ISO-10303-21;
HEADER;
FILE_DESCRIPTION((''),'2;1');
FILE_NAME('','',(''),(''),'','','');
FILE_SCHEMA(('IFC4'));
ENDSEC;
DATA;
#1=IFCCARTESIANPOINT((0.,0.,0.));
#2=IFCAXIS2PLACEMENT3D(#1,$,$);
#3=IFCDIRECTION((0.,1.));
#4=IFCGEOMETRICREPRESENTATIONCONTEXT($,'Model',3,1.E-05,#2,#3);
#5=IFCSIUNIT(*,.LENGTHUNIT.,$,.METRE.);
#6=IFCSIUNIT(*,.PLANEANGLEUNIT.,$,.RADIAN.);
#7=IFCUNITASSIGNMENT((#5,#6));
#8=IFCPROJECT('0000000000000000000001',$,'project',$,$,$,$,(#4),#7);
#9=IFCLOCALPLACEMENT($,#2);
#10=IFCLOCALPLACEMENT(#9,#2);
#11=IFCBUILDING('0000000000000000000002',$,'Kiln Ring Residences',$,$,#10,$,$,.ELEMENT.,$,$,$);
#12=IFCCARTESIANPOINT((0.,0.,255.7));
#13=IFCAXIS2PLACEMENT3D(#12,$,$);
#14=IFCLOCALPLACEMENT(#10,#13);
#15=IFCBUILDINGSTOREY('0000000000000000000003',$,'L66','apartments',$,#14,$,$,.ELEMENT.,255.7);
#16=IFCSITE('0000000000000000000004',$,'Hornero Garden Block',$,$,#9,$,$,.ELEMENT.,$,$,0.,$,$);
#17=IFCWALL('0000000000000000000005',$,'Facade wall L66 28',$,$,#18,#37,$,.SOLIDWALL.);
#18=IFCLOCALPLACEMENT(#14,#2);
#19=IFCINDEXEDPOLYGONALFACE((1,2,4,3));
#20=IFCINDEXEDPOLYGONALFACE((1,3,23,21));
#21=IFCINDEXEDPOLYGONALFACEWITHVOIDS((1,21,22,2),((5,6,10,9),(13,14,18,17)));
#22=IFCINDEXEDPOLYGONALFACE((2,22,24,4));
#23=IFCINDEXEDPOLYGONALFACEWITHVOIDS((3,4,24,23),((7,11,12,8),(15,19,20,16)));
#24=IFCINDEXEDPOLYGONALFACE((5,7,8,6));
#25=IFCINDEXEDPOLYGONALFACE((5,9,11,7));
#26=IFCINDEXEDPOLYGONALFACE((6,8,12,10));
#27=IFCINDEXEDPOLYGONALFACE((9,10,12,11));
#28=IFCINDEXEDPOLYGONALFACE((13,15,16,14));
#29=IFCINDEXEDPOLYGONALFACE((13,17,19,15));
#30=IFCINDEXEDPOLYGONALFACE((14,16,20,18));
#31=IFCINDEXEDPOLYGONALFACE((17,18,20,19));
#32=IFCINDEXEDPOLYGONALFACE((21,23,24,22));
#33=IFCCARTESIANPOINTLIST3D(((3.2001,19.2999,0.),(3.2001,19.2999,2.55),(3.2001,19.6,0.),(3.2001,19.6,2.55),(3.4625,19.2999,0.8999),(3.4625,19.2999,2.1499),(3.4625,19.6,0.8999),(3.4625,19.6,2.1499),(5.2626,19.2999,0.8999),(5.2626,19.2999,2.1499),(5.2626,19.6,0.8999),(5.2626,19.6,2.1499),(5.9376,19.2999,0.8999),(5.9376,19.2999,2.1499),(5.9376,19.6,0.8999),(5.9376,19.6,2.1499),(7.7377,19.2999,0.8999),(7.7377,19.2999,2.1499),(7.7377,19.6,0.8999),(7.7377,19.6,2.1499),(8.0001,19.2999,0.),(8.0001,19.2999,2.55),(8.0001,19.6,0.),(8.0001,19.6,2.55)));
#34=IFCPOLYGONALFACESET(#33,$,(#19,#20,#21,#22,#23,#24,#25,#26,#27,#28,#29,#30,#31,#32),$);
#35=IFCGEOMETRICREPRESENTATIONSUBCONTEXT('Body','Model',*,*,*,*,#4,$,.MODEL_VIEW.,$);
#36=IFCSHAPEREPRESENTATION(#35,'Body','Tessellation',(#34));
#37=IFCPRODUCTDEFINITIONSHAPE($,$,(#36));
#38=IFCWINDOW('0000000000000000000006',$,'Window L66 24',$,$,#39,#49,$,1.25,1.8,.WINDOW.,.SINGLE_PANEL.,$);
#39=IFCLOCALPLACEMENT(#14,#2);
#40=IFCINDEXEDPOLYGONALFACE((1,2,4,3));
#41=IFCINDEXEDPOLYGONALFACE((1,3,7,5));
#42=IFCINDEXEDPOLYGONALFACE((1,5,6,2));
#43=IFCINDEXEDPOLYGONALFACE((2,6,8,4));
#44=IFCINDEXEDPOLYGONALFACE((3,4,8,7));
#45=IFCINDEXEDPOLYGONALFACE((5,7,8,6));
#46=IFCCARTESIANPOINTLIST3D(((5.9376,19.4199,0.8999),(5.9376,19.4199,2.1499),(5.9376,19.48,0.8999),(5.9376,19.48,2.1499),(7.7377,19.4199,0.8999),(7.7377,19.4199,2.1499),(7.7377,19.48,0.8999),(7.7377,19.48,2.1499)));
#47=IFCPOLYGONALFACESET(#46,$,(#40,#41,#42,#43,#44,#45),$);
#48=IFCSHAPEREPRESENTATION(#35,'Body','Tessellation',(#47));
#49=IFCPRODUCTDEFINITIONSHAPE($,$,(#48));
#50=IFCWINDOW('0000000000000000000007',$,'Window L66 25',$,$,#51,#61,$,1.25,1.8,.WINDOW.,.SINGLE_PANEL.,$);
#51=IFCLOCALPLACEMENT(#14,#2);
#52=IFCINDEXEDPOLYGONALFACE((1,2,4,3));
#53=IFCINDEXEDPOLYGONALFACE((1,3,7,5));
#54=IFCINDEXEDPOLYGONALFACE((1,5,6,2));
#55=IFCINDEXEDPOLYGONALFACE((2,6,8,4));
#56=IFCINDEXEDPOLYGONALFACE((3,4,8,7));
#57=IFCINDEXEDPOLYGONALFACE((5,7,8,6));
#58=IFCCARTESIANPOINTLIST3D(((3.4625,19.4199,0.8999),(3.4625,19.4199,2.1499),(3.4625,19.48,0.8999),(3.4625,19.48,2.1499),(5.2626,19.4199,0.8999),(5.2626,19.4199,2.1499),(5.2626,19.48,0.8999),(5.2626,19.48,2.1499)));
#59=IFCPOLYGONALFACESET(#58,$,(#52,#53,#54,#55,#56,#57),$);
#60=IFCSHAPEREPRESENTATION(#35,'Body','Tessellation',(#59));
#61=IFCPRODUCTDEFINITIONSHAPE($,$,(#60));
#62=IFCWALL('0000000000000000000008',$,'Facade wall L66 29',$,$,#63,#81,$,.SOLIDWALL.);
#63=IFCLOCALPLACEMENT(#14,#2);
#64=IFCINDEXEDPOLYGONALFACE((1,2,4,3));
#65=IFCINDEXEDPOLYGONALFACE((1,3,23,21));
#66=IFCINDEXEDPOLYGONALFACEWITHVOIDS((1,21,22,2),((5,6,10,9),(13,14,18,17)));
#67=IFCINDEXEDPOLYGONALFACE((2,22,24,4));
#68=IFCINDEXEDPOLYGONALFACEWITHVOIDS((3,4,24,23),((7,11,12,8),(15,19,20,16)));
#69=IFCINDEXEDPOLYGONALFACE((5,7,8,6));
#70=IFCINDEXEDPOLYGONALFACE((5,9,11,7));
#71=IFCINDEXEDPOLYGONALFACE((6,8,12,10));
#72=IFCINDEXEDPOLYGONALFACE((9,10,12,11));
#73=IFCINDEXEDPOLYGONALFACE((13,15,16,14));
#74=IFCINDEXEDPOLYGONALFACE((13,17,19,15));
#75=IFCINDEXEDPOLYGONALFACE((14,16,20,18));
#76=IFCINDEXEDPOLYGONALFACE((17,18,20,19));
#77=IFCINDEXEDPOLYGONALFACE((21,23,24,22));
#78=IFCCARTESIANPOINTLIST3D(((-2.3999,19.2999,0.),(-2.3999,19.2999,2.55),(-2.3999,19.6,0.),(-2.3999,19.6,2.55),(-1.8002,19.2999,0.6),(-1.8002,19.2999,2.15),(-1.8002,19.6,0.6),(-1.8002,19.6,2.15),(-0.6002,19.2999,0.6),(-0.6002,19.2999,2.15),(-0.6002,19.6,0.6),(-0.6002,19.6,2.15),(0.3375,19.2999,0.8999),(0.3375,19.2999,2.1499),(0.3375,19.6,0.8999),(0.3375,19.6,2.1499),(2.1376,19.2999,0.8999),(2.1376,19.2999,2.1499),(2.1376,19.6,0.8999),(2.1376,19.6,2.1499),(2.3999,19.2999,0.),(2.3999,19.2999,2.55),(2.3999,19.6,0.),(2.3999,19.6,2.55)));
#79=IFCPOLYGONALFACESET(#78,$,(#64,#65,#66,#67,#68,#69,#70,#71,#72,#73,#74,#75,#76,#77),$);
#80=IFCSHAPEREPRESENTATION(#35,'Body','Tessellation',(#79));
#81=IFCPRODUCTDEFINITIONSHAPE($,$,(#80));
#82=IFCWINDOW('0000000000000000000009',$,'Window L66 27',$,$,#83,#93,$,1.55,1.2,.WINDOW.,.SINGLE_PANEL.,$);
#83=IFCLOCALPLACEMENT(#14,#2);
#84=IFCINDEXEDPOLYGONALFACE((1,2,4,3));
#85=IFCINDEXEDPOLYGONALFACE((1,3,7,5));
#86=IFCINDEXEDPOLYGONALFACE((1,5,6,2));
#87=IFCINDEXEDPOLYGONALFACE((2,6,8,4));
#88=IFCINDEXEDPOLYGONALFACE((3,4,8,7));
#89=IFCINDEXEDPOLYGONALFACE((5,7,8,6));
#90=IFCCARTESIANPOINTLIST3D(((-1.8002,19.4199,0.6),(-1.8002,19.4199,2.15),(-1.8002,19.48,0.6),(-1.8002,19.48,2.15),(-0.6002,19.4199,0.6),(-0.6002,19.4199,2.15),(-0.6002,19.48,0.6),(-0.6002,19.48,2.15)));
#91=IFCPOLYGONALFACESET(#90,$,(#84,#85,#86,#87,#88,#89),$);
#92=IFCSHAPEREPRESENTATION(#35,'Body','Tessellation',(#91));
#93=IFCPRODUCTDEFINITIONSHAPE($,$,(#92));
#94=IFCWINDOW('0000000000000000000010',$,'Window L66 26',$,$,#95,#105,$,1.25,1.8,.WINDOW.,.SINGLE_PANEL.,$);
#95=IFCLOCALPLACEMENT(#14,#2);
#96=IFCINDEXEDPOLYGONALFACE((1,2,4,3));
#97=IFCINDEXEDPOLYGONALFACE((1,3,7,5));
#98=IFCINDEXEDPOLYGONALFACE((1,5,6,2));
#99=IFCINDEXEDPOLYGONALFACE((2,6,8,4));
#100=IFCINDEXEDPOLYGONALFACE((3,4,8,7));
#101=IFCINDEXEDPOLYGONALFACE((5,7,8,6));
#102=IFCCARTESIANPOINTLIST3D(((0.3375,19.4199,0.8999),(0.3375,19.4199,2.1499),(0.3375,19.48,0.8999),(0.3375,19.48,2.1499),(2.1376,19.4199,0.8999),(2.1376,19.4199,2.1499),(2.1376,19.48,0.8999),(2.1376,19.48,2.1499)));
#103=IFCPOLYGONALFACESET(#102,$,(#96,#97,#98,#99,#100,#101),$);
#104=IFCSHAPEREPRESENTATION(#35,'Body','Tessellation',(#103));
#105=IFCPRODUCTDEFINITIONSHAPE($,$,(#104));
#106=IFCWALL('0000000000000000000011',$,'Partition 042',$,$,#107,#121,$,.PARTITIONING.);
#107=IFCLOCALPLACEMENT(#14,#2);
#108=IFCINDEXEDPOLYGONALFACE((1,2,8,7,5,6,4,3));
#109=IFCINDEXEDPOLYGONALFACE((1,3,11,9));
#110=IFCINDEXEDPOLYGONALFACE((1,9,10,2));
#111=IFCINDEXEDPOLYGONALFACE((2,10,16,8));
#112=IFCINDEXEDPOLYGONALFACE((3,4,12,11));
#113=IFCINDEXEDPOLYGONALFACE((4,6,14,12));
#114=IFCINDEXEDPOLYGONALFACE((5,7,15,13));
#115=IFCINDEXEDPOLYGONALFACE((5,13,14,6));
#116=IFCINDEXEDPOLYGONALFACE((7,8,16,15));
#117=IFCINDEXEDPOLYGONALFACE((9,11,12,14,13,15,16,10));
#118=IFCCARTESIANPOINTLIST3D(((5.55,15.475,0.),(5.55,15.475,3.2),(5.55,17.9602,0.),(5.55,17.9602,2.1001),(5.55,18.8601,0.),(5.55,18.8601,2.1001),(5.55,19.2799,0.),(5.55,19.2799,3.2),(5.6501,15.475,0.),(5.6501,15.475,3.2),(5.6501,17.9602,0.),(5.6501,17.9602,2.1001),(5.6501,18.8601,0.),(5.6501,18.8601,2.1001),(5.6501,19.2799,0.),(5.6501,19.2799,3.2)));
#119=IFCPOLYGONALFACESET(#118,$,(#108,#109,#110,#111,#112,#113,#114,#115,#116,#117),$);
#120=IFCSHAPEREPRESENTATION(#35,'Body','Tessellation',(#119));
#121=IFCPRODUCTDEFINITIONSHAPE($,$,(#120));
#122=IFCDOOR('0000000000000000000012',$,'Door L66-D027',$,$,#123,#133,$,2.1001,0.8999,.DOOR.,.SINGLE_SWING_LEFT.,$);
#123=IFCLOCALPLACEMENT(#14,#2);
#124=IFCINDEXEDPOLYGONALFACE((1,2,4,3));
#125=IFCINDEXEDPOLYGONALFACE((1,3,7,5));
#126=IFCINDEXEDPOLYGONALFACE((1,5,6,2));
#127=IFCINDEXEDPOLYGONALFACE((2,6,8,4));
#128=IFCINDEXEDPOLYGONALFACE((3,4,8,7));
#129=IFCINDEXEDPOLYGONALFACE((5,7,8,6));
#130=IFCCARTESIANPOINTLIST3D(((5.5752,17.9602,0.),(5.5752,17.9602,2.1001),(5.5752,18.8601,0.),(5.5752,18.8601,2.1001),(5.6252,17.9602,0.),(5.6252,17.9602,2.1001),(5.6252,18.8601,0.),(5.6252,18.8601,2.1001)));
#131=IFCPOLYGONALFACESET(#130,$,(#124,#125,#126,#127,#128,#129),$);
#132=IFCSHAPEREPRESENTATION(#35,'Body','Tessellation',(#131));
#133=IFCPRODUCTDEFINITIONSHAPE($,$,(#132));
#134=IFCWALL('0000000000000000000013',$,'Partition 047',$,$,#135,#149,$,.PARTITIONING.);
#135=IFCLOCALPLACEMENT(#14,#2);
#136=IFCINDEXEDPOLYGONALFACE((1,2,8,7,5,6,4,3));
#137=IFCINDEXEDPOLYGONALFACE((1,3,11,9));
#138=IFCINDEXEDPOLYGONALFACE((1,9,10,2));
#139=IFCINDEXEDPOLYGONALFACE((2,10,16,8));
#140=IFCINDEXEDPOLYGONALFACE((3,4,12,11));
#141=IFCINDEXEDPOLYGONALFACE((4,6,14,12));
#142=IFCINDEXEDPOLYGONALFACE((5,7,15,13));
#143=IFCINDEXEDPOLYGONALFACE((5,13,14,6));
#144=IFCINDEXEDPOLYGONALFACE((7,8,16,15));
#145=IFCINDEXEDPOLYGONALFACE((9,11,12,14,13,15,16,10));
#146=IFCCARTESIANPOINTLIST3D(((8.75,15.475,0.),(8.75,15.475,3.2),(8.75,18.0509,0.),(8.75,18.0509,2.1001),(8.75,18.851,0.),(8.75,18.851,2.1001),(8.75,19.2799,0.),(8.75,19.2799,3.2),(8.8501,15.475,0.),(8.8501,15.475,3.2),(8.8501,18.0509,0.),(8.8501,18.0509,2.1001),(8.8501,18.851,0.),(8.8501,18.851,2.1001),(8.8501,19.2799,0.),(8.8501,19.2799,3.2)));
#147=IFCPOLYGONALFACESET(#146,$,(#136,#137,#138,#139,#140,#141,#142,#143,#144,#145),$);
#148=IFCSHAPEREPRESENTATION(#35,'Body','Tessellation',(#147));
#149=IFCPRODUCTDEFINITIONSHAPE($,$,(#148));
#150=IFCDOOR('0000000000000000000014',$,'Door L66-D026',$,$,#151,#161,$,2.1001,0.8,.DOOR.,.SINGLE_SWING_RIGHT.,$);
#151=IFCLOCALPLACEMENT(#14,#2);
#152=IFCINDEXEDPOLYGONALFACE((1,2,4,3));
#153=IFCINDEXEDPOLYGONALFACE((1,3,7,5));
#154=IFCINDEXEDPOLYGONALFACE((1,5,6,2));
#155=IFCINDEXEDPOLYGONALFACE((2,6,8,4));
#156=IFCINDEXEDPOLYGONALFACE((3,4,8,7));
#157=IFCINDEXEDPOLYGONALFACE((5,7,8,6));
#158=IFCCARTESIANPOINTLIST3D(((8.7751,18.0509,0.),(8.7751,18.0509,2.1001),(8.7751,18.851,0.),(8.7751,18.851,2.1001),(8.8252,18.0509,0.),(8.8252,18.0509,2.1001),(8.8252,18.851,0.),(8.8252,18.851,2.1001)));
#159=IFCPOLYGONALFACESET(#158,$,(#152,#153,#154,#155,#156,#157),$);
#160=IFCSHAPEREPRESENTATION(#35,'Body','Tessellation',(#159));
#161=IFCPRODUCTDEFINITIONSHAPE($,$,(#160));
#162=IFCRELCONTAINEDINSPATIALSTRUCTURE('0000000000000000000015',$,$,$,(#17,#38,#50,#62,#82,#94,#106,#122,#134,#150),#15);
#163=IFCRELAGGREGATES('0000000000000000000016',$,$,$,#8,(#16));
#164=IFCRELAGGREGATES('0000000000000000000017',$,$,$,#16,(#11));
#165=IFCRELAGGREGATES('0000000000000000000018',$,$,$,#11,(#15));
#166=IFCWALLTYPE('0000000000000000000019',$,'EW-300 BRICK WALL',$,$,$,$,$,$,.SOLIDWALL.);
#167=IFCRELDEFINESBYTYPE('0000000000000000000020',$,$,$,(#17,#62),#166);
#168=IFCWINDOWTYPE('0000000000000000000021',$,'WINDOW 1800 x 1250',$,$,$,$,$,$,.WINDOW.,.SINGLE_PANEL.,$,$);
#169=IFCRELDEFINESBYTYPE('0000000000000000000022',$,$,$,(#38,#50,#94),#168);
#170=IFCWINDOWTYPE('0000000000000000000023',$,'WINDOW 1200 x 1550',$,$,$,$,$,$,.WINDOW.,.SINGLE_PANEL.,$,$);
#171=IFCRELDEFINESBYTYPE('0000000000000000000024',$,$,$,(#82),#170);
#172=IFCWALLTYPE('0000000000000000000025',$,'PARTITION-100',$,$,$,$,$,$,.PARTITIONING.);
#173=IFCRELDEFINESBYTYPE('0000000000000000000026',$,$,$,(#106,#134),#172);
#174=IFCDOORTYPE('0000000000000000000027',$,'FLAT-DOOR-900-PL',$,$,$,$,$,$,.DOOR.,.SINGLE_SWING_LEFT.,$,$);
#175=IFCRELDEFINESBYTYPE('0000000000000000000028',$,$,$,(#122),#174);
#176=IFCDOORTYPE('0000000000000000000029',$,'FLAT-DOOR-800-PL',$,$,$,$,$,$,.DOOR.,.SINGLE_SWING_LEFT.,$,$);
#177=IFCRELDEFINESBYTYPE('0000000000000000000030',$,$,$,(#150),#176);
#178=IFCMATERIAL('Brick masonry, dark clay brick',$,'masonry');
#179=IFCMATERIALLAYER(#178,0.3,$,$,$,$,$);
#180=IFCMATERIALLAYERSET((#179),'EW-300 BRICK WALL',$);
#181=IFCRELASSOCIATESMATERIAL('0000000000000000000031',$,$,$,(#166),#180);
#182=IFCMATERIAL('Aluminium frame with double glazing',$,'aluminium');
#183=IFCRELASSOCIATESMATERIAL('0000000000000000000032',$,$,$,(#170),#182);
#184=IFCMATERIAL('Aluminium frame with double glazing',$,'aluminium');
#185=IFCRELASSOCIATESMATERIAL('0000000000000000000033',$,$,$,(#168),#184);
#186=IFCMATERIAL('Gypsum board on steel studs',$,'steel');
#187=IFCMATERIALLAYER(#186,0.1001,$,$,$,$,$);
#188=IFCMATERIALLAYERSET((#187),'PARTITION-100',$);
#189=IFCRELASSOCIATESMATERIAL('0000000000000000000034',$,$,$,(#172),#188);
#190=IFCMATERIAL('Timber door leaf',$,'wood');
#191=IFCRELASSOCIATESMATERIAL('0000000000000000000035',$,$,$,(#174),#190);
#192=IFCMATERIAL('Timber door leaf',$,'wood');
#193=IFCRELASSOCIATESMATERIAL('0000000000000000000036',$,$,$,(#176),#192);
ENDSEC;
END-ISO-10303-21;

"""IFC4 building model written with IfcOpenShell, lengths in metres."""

from ifc_helpers import new_model, si_unit, direction, frame, frame_2d, origin, place, context, subcontext, project, spatial, rectangle, extrude, material, layer, layer_set, type_object, element, fill, save


model = new_model("IFC4")

# Units and contexts
model_context = context("Model", 3, precision=1e-05, world=origin(), true_north=direction((0.0, 1.0)))
body_context = subcontext(model_context, "Body", "Model", "MODEL_VIEW")
ifc_project = project(units=[si_unit("LENGTHUNIT", "METRE"), si_unit("PLANEANGLEUNIT", "RADIAN")], contexts=[model_context])

# Site, building, storey
site_placement = place(None, origin())
site = spatial("IfcSite", under=ifc_project, at=site_placement, Name="Hornero Garden Block", CompositionType="ELEMENT", RefElevation=0.0)
building_placement = place(site_placement, origin())
building = spatial("IfcBuilding", under=site, at=building_placement, Name="Kiln Ring Residences", CompositionType="ELEMENT")
storey_placement = place(building_placement, frame((0.0, 0.0, 255.7)))
storey = spatial("IfcBuildingStorey", under=building, at=storey_placement, Name="L66", Description="apartments", CompositionType="ELEMENT", Elevation=255.7)

# Walls, openings, windows
ifc_material_1 = material(Name="Brick masonry, dark clay brick", Category="masonry")
ifc_layer_1 = layer(ifc_material_1, 0.3)
ifc_layer_set_1 = layer_set([ifc_layer_1], Name="EW-300 BRICK WALL")
wall_type_1 = type_object("IfcWallType", Name="EW-300 BRICK WALL", PredefinedType="SOLIDWALL", material=ifc_layer_set_1)
ifc_material_2 = material(Name="Aluminium frame with double glazing", Category="aluminium")
window_type_1 = type_object("IfcWindowType", Name="WINDOW 1200 x 1550", PartitioningType="SINGLE_PANEL", PredefinedType="WINDOW", material=ifc_material_2)
wall_1_placement = place(storey_placement, frame((8.0, 19.45, 0.0), z_axis=(0.0, 0.0, 1.0), x_axis=(-1.0, 0.0, 0.0)))
wall_1 = element("IfcWall", 1, at=wall_1_placement, inside=storey, type_object=wall_type_1, Name="Facade wall L66 28", PredefinedType="SOLIDWALL", context=body_context, shape_type="SweptSolid", body=[
    extrude(rectangle(XDim=4.8, YDim=0.3, at=frame_2d((2.3999, 0.0))), origin(), (0.0, 0.0, 1.0), 2.55),
])
opening_1_placement = place(wall_1_placement, frame((0.2625, 0.0, 0.8999)))
opening_1 = element("IfcOpeningElement", 2, at=opening_1_placement, cuts=wall_1, PredefinedType="OPENING", context=body_context, shape_type="SweptSolid", body=[
    extrude(rectangle(XDim=1.8, YDim=1.25, at=frame_2d((0.8999, 0.625))), frame((0.0, 0.1599, 0.0), z_axis=(0.0, -1.0, 0.0), x_axis=(1.0, 0.0, 0.0)), (0.0, 0.0, 1.0), 0.3201),
])
opening_2_placement = place(wall_1_placement, frame((2.7375, 0.0, 0.8999)))
opening_2 = element("IfcOpeningElement", 3, at=opening_2_placement, cuts=wall_1, PredefinedType="OPENING", context=body_context, shape_type="SweptSolid", body=[
    extrude(rectangle(XDim=1.8, YDim=1.25, at=frame_2d((0.8999, 0.625))), frame((0.0, 0.1599, 0.0), z_axis=(0.0, -1.0, 0.0), x_axis=(1.0, 0.0, 0.0)), (0.0, 0.0, 1.0), 0.3201),
])
ifc_material_3 = material(Name="Aluminium frame with double glazing", Category="aluminium")
window_type_2 = type_object("IfcWindowType", Name="WINDOW 1800 x 1250", PartitioningType="SINGLE_PANEL", PredefinedType="WINDOW", material=ifc_material_3)
window_1_placement = place(opening_1_placement, origin())
window_1 = element("IfcWindow", 4, at=window_1_placement, inside=storey, type_object=window_type_2, Name="Window L66 24", OverallHeight=1.25, OverallWidth=1.8, PartitioningType="SINGLE_PANEL", PredefinedType="WINDOW", context=body_context, shape_type="SweptSolid", body=[
    extrude(rectangle(XDim=1.8, YDim=1.25, at=frame_2d((0.8999, 0.625))), frame((0.0, 0.03, 0.0), z_axis=(0.0, -1.0, 0.0), x_axis=(1.0, 0.0, 0.0)), (0.0, 0.0, 1.0), 0.0601),
])
fill(opening_1, window_1)
window_2_placement = place(opening_2_placement, origin())
window_2 = element("IfcWindow", 5, at=window_2_placement, inside=storey, type_object=window_type_2, Name="Window L66 25", OverallHeight=1.25, OverallWidth=1.8, PartitioningType="SINGLE_PANEL", PredefinedType="WINDOW", context=body_context, shape_type="SweptSolid", body=[
    extrude(rectangle(XDim=1.8, YDim=1.25, at=frame_2d((0.8999, 0.625))), frame((0.0, 0.03, 0.0), z_axis=(0.0, -1.0, 0.0), x_axis=(1.0, 0.0, 0.0)), (0.0, 0.0, 1.0), 0.0601),
])
fill(opening_2, window_2)
wall_2_placement = place(storey_placement, frame((2.3999, 19.45, 0.0), z_axis=(0.0, 0.0, 1.0), x_axis=(-1.0, 0.0, 0.0)))
wall_2 = element("IfcWall", 6, at=wall_2_placement, inside=storey, type_object=wall_type_1, Name="Facade wall L66 29", PredefinedType="SOLIDWALL", context=body_context, shape_type="SweptSolid", body=[
    extrude(rectangle(XDim=4.7998, YDim=0.3, at=frame_2d((2.3999, 0.0))), origin(), (0.0, 0.0, 1.0), 2.55),
])
opening_3_placement = place(wall_2_placement, frame((0.2625, 0.0, 0.8999)))
opening_3 = element("IfcOpeningElement", 7, at=opening_3_placement, cuts=wall_2, PredefinedType="OPENING", context=body_context, shape_type="SweptSolid", body=[
    extrude(rectangle(XDim=1.8, YDim=1.25, at=frame_2d((0.8999, 0.625))), frame((0.0, 0.1599, 0.0), z_axis=(0.0, -1.0, 0.0), x_axis=(1.0, 0.0, 0.0)), (0.0, 0.0, 1.0), 0.3201),
])
opening_4_placement = place(wall_2_placement, frame((3.0, 0.0, 0.6001)))
opening_4 = element("IfcOpeningElement", 8, at=opening_4_placement, cuts=wall_2, PredefinedType="OPENING", context=body_context, shape_type="SweptSolid", body=[
    extrude(rectangle(XDim=1.2, YDim=1.55, at=frame_2d((0.6001, 0.7749))), frame((0.0, 0.1599, 0.0), z_axis=(0.0, -1.0, 0.0), x_axis=(1.0, 0.0, 0.0)), (0.0, 0.0, 1.0), 0.3201),
])
window_3_placement = place(opening_4_placement, origin())
window_3 = element("IfcWindow", 9, at=window_3_placement, inside=storey, type_object=window_type_1, Name="Window L66 27", OverallHeight=1.55, OverallWidth=1.2, PartitioningType="SINGLE_PANEL", PredefinedType="WINDOW", context=body_context, shape_type="SweptSolid", body=[
    extrude(rectangle(XDim=1.2, YDim=1.55, at=frame_2d((0.6001, 0.7749))), frame((0.0, 0.03, 0.0), z_axis=(0.0, -1.0, 0.0), x_axis=(1.0, 0.0, 0.0)), (0.0, 0.0, 1.0), 0.0601),
])
fill(opening_4, window_3)
window_4_placement = place(opening_3_placement, origin())
window_4 = element("IfcWindow", 10, at=window_4_placement, inside=storey, type_object=window_type_2, Name="Window L66 26", OverallHeight=1.25, OverallWidth=1.8, PartitioningType="SINGLE_PANEL", PredefinedType="WINDOW", context=body_context, shape_type="SweptSolid", body=[
    extrude(rectangle(XDim=1.8, YDim=1.25, at=frame_2d((0.8999, 0.625))), frame((0.0, 0.03, 0.0), z_axis=(0.0, -1.0, 0.0), x_axis=(1.0, 0.0, 0.0)), (0.0, 0.0, 1.0), 0.0601),
])
fill(opening_3, window_4)

# Walls, openings, doors
ifc_material_4 = material(Name="Gypsum board on steel studs", Category="steel")
ifc_layer_2 = layer(ifc_material_4, 0.1001)
ifc_layer_set_2 = layer_set([ifc_layer_2], Name="PARTITION-100")
wall_type_2 = type_object("IfcWallType", Name="PARTITION-100", PredefinedType="PARTITIONING", material=ifc_layer_set_2)
wall_3_placement = place(storey_placement, frame((5.6001, 15.4751, 0.0), z_axis=(0.0, 0.0, 1.0), x_axis=(0.0, 1.0, 0.0)))
wall_3 = element("IfcWall", 11, at=wall_3_placement, inside=storey, type_object=wall_type_2, Name="Partition 042", PredefinedType="PARTITIONING", context=body_context, shape_type="SweptSolid", body=[
    extrude(rectangle(XDim=3.8049, YDim=0.1001, at=frame_2d((1.9023, 0.0))), origin(), (0.0, 0.0, 1.0), 3.2),
])
opening_5_placement = place(wall_3_placement, frame((2.4851, 0.0, 0.0)))
opening_5 = element("IfcOpeningElement", 12, at=opening_5_placement, cuts=wall_3, PredefinedType="OPENING", context=body_context, shape_type="SweptSolid", body=[
    extrude(rectangle(XDim=0.8999, YDim=2.1001, at=frame_2d((0.45, 1.05))), frame((0.0, 0.0601, 0.0), z_axis=(0.0, -1.0, 0.0), x_axis=(1.0, 0.0, 0.0)), (0.0, 0.0, 1.0), 0.1201),
])
ifc_material_5 = material(Name="Timber door leaf", Category="wood")
door_type_1 = type_object("IfcDoorType", Name="FLAT-DOOR-900-PL", OperationType="SINGLE_SWING_LEFT", PredefinedType="DOOR", material=ifc_material_5)
door_1_placement = place(opening_5_placement, origin())
door_1 = element("IfcDoor", 13, at=door_1_placement, inside=storey, type_object=door_type_1, Name="Door L66-D027", OperationType="SINGLE_SWING_LEFT", OverallHeight=2.1001, OverallWidth=0.8999, PredefinedType="DOOR", context=body_context, shape_type="SweptSolid", body=[
    extrude(rectangle(XDim=0.8999, YDim=2.1001, at=frame_2d((0.45, 1.05))), frame((0.0, 0.0249, 0.0), z_axis=(0.0, -1.0, 0.0), x_axis=(1.0, 0.0, 0.0)), (0.0, 0.0, 1.0), 0.05),
])
fill(opening_5, door_1)
wall_4_placement = place(storey_placement, frame((8.8, 15.4751, 0.0), z_axis=(0.0, 0.0, 1.0), x_axis=(0.0, 1.0, 0.0)))
wall_4 = element("IfcWall", 14, at=wall_4_placement, inside=storey, type_object=wall_type_2, Name="Partition 047", PredefinedType="PARTITIONING", context=body_context, shape_type="SweptSolid", body=[
    extrude(rectangle(XDim=3.8049, YDim=0.1001, at=frame_2d((1.9023, 0.0))), origin(), (0.0, 0.0, 1.0), 3.2),
])
opening_6_placement = place(wall_4_placement, frame((2.5759, 0.0, 0.0)))
opening_6 = element("IfcOpeningElement", 15, at=opening_6_placement, cuts=wall_4, PredefinedType="OPENING", context=body_context, shape_type="SweptSolid", body=[
    extrude(rectangle(XDim=0.8, YDim=2.1001, at=frame_2d((0.3999, 1.05))), frame((0.0, 0.0601, 0.0), z_axis=(0.0, -1.0, 0.0), x_axis=(1.0, 0.0, 0.0)), (0.0, 0.0, 1.0), 0.1201),
])
ifc_material_6 = material(Name="Timber door leaf", Category="wood")
door_type_2 = type_object("IfcDoorType", Name="FLAT-DOOR-800-PL", OperationType="SINGLE_SWING_LEFT", PredefinedType="DOOR", material=ifc_material_6)
door_2_placement = place(opening_6_placement, origin())
door_2 = element("IfcDoor", 16, at=door_2_placement, inside=storey, type_object=door_type_2, Name="Door L66-D026", OperationType="SINGLE_SWING_RIGHT", OverallHeight=2.1001, OverallWidth=0.8, PredefinedType="DOOR", context=body_context, shape_type="SweptSolid", body=[
    extrude(rectangle(XDim=0.8, YDim=2.1001, at=frame_2d((0.3999, 1.05))), frame((0.0, 0.0249, 0.0), z_axis=(0.0, -1.0, 0.0), x_axis=(1.0, 0.0, 0.0)), (0.0, 0.0, 1.0), 0.05),
])
fill(opening_6, door_2)

save(model, "model.ifc")
